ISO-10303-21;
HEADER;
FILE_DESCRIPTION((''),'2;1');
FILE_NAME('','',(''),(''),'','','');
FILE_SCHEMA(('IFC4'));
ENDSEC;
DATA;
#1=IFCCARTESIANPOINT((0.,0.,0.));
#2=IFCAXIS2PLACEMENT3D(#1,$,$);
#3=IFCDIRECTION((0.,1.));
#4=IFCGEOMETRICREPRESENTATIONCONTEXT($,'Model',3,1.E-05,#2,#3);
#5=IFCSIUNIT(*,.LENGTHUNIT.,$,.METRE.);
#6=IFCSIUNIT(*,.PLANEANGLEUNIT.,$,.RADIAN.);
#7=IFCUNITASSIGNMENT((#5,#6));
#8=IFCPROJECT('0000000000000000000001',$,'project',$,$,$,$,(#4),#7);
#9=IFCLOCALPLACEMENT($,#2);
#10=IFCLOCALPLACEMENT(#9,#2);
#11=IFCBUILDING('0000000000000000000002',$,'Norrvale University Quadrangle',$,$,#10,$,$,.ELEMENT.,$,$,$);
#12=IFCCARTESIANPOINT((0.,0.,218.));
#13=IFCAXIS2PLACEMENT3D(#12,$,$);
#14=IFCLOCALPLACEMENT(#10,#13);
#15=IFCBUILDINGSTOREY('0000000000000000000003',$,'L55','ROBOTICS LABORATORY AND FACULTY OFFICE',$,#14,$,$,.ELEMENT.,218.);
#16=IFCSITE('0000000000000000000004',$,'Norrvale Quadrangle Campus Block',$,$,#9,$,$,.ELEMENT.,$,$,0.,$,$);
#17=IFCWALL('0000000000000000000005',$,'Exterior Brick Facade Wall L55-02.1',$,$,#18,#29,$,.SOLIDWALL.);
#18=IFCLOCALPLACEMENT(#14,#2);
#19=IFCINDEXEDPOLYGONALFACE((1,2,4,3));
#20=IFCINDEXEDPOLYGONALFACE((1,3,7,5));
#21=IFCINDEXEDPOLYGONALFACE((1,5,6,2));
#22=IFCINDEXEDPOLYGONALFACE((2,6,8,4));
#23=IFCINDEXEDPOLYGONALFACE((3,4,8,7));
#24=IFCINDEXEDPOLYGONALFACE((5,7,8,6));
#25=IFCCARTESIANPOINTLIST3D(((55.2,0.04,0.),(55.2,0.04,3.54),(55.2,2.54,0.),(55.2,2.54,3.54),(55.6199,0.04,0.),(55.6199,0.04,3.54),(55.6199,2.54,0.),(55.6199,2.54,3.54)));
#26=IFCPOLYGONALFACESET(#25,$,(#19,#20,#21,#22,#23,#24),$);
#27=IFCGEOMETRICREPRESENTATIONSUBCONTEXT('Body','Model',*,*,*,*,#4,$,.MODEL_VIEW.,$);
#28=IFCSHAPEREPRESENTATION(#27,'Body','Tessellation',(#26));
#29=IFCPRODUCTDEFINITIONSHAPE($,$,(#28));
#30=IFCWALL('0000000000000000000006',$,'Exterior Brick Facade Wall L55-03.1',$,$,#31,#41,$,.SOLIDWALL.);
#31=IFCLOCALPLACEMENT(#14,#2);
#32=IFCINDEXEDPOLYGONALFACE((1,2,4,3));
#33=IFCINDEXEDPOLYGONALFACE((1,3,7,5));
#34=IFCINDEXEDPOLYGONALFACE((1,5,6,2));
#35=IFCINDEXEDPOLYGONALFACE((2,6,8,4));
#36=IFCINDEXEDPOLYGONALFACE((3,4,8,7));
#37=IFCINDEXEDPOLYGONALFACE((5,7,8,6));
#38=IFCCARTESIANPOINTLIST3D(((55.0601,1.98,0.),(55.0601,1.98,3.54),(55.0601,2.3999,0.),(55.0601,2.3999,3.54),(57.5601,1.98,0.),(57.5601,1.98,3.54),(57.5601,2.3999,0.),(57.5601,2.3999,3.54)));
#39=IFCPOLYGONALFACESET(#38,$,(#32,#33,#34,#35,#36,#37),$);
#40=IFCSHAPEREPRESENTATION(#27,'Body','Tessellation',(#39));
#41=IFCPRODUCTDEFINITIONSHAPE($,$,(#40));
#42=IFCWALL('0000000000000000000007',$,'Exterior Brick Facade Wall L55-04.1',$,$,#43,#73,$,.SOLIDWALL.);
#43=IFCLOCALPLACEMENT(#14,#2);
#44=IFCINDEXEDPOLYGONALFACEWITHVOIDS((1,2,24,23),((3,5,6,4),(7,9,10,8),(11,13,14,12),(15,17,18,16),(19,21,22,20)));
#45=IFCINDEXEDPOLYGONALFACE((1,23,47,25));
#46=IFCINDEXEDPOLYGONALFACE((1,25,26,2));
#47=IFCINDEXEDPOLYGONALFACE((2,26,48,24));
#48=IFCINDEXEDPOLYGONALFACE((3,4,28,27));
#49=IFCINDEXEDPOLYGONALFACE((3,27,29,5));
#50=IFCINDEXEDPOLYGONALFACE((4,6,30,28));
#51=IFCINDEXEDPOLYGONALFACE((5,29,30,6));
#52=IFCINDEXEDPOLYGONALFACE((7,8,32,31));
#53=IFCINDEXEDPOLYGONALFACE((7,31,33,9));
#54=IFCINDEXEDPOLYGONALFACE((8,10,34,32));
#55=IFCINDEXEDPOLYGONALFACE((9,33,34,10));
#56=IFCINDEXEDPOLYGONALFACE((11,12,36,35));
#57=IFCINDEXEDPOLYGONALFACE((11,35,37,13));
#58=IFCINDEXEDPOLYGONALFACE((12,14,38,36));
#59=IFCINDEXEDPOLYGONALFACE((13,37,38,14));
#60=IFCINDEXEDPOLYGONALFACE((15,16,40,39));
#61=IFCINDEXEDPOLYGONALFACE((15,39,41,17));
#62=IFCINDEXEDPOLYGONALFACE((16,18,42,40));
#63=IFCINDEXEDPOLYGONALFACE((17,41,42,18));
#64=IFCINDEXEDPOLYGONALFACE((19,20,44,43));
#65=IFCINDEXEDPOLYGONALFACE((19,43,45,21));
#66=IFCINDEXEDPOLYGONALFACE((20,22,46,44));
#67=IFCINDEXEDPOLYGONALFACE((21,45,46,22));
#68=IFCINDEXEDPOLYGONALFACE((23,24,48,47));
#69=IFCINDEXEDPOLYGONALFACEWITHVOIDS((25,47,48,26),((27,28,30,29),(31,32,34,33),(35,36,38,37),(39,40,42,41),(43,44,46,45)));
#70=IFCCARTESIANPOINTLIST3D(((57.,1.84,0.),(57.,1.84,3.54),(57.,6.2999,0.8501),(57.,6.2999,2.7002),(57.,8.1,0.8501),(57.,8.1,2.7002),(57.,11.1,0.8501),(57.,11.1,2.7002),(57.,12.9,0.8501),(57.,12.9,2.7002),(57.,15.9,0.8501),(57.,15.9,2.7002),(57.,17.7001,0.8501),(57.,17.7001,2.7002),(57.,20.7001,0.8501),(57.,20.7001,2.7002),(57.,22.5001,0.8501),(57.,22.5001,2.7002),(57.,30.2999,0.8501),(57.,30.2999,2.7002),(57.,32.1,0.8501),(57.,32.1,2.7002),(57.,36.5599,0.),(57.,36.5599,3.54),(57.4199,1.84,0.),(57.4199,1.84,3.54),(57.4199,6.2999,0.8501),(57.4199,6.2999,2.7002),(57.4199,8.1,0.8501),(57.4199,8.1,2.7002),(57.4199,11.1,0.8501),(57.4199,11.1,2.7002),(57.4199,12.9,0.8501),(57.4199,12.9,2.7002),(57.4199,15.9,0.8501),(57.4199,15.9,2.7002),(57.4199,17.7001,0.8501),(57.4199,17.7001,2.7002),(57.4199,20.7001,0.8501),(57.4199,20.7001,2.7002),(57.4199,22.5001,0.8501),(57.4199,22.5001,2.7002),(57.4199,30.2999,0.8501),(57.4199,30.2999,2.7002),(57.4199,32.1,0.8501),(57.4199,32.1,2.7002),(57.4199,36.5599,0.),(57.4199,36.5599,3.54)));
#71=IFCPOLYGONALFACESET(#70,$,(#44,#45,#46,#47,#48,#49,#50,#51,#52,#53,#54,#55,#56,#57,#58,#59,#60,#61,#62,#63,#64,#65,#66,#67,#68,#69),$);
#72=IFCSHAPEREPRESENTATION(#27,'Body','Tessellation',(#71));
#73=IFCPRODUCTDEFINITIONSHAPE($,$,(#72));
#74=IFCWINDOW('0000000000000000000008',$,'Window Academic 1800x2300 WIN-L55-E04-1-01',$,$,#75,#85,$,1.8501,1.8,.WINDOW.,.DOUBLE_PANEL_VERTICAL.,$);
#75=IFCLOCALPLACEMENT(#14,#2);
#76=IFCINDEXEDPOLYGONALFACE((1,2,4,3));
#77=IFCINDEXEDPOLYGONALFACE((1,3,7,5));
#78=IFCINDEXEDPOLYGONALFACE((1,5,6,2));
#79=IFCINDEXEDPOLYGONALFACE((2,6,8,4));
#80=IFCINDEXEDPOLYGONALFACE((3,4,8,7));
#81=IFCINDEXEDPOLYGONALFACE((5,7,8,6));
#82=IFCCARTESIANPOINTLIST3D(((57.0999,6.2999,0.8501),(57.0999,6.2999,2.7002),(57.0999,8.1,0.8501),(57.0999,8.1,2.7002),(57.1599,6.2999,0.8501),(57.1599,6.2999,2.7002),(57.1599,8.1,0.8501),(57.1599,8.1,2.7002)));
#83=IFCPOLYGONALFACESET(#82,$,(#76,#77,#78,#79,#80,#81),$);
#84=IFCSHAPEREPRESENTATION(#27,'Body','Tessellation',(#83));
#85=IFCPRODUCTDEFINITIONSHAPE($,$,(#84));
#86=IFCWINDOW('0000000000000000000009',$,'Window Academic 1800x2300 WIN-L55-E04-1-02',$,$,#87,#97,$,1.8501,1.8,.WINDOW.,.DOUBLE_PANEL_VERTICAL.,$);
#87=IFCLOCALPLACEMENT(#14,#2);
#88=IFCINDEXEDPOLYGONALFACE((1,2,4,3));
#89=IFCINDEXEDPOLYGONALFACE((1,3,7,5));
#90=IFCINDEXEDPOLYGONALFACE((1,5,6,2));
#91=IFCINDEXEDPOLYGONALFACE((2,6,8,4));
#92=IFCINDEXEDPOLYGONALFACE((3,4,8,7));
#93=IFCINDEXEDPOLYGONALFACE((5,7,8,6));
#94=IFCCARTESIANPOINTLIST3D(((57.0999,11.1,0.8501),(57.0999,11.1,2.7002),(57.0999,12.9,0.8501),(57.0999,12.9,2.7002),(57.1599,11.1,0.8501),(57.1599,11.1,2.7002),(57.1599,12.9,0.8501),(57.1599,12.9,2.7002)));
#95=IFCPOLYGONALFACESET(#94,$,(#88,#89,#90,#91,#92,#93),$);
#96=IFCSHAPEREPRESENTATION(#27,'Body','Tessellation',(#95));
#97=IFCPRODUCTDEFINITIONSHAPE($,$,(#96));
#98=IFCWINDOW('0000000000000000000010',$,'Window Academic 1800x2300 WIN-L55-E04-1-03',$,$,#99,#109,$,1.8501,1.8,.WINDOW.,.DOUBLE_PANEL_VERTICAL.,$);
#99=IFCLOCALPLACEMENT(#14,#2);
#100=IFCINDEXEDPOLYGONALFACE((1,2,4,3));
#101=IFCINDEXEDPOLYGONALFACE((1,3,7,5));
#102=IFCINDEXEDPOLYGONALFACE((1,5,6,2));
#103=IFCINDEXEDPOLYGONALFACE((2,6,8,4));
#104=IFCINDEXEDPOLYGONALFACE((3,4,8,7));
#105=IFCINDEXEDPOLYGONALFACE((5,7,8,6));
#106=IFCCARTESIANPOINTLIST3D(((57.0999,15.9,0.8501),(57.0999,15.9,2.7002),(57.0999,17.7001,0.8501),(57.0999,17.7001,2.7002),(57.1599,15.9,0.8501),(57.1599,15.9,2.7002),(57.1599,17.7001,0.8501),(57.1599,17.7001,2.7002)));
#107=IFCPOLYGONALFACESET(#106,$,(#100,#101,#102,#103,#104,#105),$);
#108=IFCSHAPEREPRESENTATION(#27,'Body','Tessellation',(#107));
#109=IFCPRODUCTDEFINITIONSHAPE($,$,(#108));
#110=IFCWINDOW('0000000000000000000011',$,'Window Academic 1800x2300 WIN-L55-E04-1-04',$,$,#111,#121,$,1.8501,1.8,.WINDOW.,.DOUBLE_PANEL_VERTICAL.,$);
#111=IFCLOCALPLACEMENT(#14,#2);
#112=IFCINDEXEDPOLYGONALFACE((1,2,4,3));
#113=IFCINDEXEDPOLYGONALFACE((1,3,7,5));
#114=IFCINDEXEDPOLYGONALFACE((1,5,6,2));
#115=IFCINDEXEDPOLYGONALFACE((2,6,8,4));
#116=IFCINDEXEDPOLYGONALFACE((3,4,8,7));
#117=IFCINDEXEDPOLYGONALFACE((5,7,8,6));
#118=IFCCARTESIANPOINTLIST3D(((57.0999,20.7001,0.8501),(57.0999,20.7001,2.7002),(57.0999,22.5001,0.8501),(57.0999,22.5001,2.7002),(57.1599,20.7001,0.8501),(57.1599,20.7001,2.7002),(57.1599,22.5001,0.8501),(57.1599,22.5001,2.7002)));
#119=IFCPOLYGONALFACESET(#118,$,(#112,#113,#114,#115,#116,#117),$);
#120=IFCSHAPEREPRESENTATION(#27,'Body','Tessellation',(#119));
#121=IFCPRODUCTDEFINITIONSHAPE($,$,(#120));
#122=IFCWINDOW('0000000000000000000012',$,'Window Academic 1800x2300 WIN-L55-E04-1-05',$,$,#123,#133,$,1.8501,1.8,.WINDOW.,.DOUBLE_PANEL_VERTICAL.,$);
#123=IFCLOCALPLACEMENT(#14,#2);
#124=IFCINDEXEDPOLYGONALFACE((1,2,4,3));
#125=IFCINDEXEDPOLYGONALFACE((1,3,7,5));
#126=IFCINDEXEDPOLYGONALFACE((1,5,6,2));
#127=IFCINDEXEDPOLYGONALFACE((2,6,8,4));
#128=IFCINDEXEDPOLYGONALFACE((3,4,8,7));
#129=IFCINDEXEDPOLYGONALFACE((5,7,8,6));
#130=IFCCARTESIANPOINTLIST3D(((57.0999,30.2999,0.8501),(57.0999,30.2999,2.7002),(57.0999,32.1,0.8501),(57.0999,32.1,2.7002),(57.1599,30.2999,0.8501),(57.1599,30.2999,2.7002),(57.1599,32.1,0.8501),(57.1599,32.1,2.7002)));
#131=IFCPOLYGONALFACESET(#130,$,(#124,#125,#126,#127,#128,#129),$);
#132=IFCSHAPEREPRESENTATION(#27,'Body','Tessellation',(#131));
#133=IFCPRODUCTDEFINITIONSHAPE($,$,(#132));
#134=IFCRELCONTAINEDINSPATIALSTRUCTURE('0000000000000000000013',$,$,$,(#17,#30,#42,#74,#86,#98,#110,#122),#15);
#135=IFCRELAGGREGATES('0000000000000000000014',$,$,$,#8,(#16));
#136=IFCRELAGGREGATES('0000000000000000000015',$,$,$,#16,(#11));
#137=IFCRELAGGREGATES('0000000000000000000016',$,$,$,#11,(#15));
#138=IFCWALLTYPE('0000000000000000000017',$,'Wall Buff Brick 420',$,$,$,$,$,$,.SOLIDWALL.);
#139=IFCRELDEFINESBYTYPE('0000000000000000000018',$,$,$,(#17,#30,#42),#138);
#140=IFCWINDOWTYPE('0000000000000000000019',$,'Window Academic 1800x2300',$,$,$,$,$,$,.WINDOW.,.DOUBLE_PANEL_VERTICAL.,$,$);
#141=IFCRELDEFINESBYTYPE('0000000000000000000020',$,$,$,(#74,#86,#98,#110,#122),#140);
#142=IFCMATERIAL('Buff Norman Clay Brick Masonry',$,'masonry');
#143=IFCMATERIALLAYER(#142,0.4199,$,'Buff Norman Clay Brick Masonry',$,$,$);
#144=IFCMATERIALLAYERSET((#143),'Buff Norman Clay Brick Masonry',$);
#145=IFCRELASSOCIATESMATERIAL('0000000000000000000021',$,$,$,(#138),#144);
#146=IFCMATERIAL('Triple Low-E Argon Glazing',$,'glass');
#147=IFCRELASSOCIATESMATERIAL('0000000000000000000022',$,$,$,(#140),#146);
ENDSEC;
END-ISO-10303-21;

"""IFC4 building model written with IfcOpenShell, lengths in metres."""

from ifc_helpers import new_model, si_unit, direction, frame, frame_2d, origin, place, context, subcontext, project, spatial, rectangle, extrude, material, layer, layer_set, type_object, element, fill, save


model = new_model("IFC4")

# Units and contexts
model_context = context("Model", 3, precision=1e-05, world=origin(), true_north=direction((0.0, 1.0)))
body_context = subcontext(model_context, "Body", "Model", "MODEL_VIEW")
ifc_project = project(units=[si_unit("LENGTHUNIT", "METRE"), si_unit("PLANEANGLEUNIT", "RADIAN")], contexts=[model_context])

# Site, building, storey
site_placement = place(None, origin())
site = spatial("IfcSite", under=ifc_project, at=site_placement, Name="Norrvale Quadrangle Campus Block", CompositionType="ELEMENT", RefElevation=0.0)
building_placement = place(site_placement, origin())
building = spatial("IfcBuilding", under=site, at=building_placement, Name="Norrvale University Quadrangle", CompositionType="ELEMENT")
storey_placement = place(building_placement, frame((0.0, 0.0, 218.0)))
storey = spatial("IfcBuildingStorey", under=building, at=storey_placement, Name="L55", Description="ROBOTICS LABORATORY AND FACULTY OFFICE", CompositionType="ELEMENT", Elevation=218.0)

# Walls
ifc_material_1 = material(Name="Buff Norman Clay Brick Masonry", Category="masonry")
ifc_layer = layer(ifc_material_1, 0.4199, Name="Buff Norman Clay Brick Masonry")
ifc_layer_set = layer_set([ifc_layer], Name="Buff Norman Clay Brick Masonry")
wall_type = type_object("IfcWallType", Name="Wall Buff Brick 420", PredefinedType="SOLIDWALL", material=ifc_layer_set)
for number, where, z_axis, x_axis, name in (
    (1, (55.4099, 0.04, 0.0), (0.0, 0.0, 1.0), (0.0, 1.0, 0.0), "Exterior Brick Facade Wall L55-02.1"),
    (2, (55.0601, 2.1899, 0.0), (0.0, 0.0, 1.0), (1.0, 0.0, 0.0), "Exterior Brick Facade Wall L55-03.1"),
):
    element("IfcWall", number, at=place(storey_placement, frame(where, z_axis=z_axis, x_axis=x_axis)), inside=storey, type_object=wall_type, Name=name, PredefinedType="SOLIDWALL", context=body_context, shape_type="SweptSolid", body=[
        extrude(rectangle(XDim=2.5, YDim=0.4199, at=frame_2d((1.25, 0.0))), origin(), (0.0, 0.0, 1.0), 3.54),
    ])

# Wall, openings, windows
wall_placement = place(storey_placement, frame((57.21, 1.8401, 0.0), z_axis=(0.0, 0.0, 1.0), x_axis=(0.0, 1.0, 0.0)))
wall = element("IfcWall", 3, at=wall_placement, inside=storey, type_object=wall_type, Name="Exterior Brick Facade Wall L55-04.1", PredefinedType="SOLIDWALL", context=body_context, shape_type="SweptSolid", body=[
    extrude(rectangle(XDim=34.72, YDim=0.4199, at=frame_2d((17.3599, 0.0))), origin(), (0.0, 0.0, 1.0), 3.54),
])
opening_1_placement = place(wall_placement, frame((4.46, 0.0, 0.8501)))
opening_1 = element("IfcOpeningElement", 4, at=opening_1_placement, cuts=wall, PredefinedType="OPENING", context=body_context, shape_type="SweptSolid", body=[
    extrude(rectangle(XDim=1.8, YDim=1.8501, at=frame_2d((0.8999, 0.925))), frame((0.0, 0.2219, 0.0), z_axis=(0.0, -1.0, 0.0), x_axis=(1.0, 0.0, 0.0)), (0.0, 0.0, 1.0), 0.4438),
])
opening_2_placement = place(wall_placement, frame((9.26, 0.0, 0.8501)))
opening_2 = element("IfcOpeningElement", 5, at=opening_2_placement, cuts=wall, PredefinedType="OPENING", context=body_context, shape_type="SweptSolid", body=[
    extrude(rectangle(XDim=1.8, YDim=1.8501, at=frame_2d((0.8999, 0.925))), frame((0.0, 0.2219, 0.0), z_axis=(0.0, -1.0, 0.0), x_axis=(1.0, 0.0, 0.0)), (0.0, 0.0, 1.0), 0.4438),
])
opening_3_placement = place(wall_placement, frame((14.0601, 0.0, 0.8501)))
opening_3 = element("IfcOpeningElement", 6, at=opening_3_placement, cuts=wall, PredefinedType="OPENING", context=body_context, shape_type="SweptSolid", body=[
    extrude(rectangle(XDim=1.8, YDim=1.8501, at=frame_2d((0.8999, 0.925))), frame((0.0, 0.2219, 0.0), z_axis=(0.0, -1.0, 0.0), x_axis=(1.0, 0.0, 0.0)), (0.0, 0.0, 1.0), 0.4438),
])
opening_4_placement = place(wall_placement, frame((18.8601, 0.0, 0.8501)))
opening_4 = element("IfcOpeningElement", 7, at=opening_4_placement, cuts=wall, PredefinedType="OPENING", context=body_context, shape_type="SweptSolid", body=[
    extrude(rectangle(XDim=1.8, YDim=1.8501, at=frame_2d((0.8999, 0.925))), frame((0.0, 0.2219, 0.0), z_axis=(0.0, -1.0, 0.0), x_axis=(1.0, 0.0, 0.0)), (0.0, 0.0, 1.0), 0.4438),
])
opening_5_placement = place(wall_placement, frame((28.46, 0.0, 0.8501)))
opening_5 = element("IfcOpeningElement", 8, at=opening_5_placement, cuts=wall, PredefinedType="OPENING", context=body_context, shape_type="SweptSolid", body=[
    extrude(rectangle(XDim=1.8, YDim=1.8501, at=frame_2d((0.8999, 0.925))), frame((0.0, 0.2219, 0.0), z_axis=(0.0, -1.0, 0.0), x_axis=(1.0, 0.0, 0.0)), (0.0, 0.0, 1.0), 0.4438),
])
ifc_material_2 = material(Name="Triple Low-E Argon Glazing", Category="glass")
window_type = type_object("IfcWindowType", Name="Window Academic 1800x2300", PartitioningType="DOUBLE_PANEL_VERTICAL", PredefinedType="WINDOW", material=ifc_material_2)
window_1_placement = place(opening_1_placement, origin())
window_1 = element("IfcWindow", 9, at=window_1_placement, inside=storey, type_object=window_type, Name="Window Academic 1800x2300 WIN-L55-E04-1-01", OverallHeight=1.8501, OverallWidth=1.8, PartitioningType="DOUBLE_PANEL_VERTICAL", PredefinedType="WINDOW", context=body_context, shape_type="SweptSolid", body=[
    extrude(rectangle(XDim=1.8, YDim=1.8501, at=frame_2d((0.8999, 0.925))), frame((0.0, 0.1101, 0.0), z_axis=(0.0, -1.0, 0.0), x_axis=(1.0, 0.0, 0.0)), (0.0, 0.0, 1.0), 0.0601),
])
fill(opening_1, window_1)
window_2_placement = place(opening_2_placement, origin())
window_2 = element("IfcWindow", 10, at=window_2_placement, inside=storey, type_object=window_type, Name="Window Academic 1800x2300 WIN-L55-E04-1-02", OverallHeight=1.8501, OverallWidth=1.8, PartitioningType="DOUBLE_PANEL_VERTICAL", PredefinedType="WINDOW", context=body_context, shape_type="SweptSolid", body=[
    extrude(rectangle(XDim=1.8, YDim=1.8501, at=frame_2d((0.8999, 0.925))), frame((0.0, 0.1101, 0.0), z_axis=(0.0, -1.0, 0.0), x_axis=(1.0, 0.0, 0.0)), (0.0, 0.0, 1.0), 0.0601),
])
fill(opening_2, window_2)
window_3_placement = place(opening_3_placement, origin())
window_3 = element("IfcWindow", 11, at=window_3_placement, inside=storey, type_object=window_type, Name="Window Academic 1800x2300 WIN-L55-E04-1-03", OverallHeight=1.8501, OverallWidth=1.8, PartitioningType="DOUBLE_PANEL_VERTICAL", PredefinedType="WINDOW", context=body_context, shape_type="SweptSolid", body=[
    extrude(rectangle(XDim=1.8, YDim=1.8501, at=frame_2d((0.8999, 0.925))), frame((0.0, 0.1101, 0.0), z_axis=(0.0, -1.0, 0.0), x_axis=(1.0, 0.0, 0.0)), (0.0, 0.0, 1.0), 0.0601),
])
fill(opening_3, window_3)
window_4_placement = place(opening_4_placement, origin())
window_4 = element("IfcWindow", 12, at=window_4_placement, inside=storey, type_object=window_type, Name="Window Academic 1800x2300 WIN-L55-E04-1-04", OverallHeight=1.8501, OverallWidth=1.8, PartitioningType="DOUBLE_PANEL_VERTICAL", PredefinedType="WINDOW", context=body_context, shape_type="SweptSolid", body=[
    extrude(rectangle(XDim=1.8, YDim=1.8501, at=frame_2d((0.8999, 0.925))), frame((0.0, 0.1101, 0.0), z_axis=(0.0, -1.0, 0.0), x_axis=(1.0, 0.0, 0.0)), (0.0, 0.0, 1.0), 0.0601),
])
fill(opening_4, window_4)
window_5_placement = place(opening_5_placement, origin())
window_5 = element("IfcWindow", 13, at=window_5_placement, inside=storey, type_object=window_type, Name="Window Academic 1800x2300 WIN-L55-E04-1-05", OverallHeight=1.8501, OverallWidth=1.8, PartitioningType="DOUBLE_PANEL_VERTICAL", PredefinedType="WINDOW", context=body_context, shape_type="SweptSolid", body=[
    extrude(rectangle(XDim=1.8, YDim=1.8501, at=frame_2d((0.8999, 0.925))), frame((0.0, 0.1101, 0.0), z_axis=(0.0, -1.0, 0.0), x_axis=(1.0, 0.0, 0.0)), (0.0, 0.0, 1.0), 0.0601),
])
fill(opening_5, window_5)

save(model, "model.ifc")
